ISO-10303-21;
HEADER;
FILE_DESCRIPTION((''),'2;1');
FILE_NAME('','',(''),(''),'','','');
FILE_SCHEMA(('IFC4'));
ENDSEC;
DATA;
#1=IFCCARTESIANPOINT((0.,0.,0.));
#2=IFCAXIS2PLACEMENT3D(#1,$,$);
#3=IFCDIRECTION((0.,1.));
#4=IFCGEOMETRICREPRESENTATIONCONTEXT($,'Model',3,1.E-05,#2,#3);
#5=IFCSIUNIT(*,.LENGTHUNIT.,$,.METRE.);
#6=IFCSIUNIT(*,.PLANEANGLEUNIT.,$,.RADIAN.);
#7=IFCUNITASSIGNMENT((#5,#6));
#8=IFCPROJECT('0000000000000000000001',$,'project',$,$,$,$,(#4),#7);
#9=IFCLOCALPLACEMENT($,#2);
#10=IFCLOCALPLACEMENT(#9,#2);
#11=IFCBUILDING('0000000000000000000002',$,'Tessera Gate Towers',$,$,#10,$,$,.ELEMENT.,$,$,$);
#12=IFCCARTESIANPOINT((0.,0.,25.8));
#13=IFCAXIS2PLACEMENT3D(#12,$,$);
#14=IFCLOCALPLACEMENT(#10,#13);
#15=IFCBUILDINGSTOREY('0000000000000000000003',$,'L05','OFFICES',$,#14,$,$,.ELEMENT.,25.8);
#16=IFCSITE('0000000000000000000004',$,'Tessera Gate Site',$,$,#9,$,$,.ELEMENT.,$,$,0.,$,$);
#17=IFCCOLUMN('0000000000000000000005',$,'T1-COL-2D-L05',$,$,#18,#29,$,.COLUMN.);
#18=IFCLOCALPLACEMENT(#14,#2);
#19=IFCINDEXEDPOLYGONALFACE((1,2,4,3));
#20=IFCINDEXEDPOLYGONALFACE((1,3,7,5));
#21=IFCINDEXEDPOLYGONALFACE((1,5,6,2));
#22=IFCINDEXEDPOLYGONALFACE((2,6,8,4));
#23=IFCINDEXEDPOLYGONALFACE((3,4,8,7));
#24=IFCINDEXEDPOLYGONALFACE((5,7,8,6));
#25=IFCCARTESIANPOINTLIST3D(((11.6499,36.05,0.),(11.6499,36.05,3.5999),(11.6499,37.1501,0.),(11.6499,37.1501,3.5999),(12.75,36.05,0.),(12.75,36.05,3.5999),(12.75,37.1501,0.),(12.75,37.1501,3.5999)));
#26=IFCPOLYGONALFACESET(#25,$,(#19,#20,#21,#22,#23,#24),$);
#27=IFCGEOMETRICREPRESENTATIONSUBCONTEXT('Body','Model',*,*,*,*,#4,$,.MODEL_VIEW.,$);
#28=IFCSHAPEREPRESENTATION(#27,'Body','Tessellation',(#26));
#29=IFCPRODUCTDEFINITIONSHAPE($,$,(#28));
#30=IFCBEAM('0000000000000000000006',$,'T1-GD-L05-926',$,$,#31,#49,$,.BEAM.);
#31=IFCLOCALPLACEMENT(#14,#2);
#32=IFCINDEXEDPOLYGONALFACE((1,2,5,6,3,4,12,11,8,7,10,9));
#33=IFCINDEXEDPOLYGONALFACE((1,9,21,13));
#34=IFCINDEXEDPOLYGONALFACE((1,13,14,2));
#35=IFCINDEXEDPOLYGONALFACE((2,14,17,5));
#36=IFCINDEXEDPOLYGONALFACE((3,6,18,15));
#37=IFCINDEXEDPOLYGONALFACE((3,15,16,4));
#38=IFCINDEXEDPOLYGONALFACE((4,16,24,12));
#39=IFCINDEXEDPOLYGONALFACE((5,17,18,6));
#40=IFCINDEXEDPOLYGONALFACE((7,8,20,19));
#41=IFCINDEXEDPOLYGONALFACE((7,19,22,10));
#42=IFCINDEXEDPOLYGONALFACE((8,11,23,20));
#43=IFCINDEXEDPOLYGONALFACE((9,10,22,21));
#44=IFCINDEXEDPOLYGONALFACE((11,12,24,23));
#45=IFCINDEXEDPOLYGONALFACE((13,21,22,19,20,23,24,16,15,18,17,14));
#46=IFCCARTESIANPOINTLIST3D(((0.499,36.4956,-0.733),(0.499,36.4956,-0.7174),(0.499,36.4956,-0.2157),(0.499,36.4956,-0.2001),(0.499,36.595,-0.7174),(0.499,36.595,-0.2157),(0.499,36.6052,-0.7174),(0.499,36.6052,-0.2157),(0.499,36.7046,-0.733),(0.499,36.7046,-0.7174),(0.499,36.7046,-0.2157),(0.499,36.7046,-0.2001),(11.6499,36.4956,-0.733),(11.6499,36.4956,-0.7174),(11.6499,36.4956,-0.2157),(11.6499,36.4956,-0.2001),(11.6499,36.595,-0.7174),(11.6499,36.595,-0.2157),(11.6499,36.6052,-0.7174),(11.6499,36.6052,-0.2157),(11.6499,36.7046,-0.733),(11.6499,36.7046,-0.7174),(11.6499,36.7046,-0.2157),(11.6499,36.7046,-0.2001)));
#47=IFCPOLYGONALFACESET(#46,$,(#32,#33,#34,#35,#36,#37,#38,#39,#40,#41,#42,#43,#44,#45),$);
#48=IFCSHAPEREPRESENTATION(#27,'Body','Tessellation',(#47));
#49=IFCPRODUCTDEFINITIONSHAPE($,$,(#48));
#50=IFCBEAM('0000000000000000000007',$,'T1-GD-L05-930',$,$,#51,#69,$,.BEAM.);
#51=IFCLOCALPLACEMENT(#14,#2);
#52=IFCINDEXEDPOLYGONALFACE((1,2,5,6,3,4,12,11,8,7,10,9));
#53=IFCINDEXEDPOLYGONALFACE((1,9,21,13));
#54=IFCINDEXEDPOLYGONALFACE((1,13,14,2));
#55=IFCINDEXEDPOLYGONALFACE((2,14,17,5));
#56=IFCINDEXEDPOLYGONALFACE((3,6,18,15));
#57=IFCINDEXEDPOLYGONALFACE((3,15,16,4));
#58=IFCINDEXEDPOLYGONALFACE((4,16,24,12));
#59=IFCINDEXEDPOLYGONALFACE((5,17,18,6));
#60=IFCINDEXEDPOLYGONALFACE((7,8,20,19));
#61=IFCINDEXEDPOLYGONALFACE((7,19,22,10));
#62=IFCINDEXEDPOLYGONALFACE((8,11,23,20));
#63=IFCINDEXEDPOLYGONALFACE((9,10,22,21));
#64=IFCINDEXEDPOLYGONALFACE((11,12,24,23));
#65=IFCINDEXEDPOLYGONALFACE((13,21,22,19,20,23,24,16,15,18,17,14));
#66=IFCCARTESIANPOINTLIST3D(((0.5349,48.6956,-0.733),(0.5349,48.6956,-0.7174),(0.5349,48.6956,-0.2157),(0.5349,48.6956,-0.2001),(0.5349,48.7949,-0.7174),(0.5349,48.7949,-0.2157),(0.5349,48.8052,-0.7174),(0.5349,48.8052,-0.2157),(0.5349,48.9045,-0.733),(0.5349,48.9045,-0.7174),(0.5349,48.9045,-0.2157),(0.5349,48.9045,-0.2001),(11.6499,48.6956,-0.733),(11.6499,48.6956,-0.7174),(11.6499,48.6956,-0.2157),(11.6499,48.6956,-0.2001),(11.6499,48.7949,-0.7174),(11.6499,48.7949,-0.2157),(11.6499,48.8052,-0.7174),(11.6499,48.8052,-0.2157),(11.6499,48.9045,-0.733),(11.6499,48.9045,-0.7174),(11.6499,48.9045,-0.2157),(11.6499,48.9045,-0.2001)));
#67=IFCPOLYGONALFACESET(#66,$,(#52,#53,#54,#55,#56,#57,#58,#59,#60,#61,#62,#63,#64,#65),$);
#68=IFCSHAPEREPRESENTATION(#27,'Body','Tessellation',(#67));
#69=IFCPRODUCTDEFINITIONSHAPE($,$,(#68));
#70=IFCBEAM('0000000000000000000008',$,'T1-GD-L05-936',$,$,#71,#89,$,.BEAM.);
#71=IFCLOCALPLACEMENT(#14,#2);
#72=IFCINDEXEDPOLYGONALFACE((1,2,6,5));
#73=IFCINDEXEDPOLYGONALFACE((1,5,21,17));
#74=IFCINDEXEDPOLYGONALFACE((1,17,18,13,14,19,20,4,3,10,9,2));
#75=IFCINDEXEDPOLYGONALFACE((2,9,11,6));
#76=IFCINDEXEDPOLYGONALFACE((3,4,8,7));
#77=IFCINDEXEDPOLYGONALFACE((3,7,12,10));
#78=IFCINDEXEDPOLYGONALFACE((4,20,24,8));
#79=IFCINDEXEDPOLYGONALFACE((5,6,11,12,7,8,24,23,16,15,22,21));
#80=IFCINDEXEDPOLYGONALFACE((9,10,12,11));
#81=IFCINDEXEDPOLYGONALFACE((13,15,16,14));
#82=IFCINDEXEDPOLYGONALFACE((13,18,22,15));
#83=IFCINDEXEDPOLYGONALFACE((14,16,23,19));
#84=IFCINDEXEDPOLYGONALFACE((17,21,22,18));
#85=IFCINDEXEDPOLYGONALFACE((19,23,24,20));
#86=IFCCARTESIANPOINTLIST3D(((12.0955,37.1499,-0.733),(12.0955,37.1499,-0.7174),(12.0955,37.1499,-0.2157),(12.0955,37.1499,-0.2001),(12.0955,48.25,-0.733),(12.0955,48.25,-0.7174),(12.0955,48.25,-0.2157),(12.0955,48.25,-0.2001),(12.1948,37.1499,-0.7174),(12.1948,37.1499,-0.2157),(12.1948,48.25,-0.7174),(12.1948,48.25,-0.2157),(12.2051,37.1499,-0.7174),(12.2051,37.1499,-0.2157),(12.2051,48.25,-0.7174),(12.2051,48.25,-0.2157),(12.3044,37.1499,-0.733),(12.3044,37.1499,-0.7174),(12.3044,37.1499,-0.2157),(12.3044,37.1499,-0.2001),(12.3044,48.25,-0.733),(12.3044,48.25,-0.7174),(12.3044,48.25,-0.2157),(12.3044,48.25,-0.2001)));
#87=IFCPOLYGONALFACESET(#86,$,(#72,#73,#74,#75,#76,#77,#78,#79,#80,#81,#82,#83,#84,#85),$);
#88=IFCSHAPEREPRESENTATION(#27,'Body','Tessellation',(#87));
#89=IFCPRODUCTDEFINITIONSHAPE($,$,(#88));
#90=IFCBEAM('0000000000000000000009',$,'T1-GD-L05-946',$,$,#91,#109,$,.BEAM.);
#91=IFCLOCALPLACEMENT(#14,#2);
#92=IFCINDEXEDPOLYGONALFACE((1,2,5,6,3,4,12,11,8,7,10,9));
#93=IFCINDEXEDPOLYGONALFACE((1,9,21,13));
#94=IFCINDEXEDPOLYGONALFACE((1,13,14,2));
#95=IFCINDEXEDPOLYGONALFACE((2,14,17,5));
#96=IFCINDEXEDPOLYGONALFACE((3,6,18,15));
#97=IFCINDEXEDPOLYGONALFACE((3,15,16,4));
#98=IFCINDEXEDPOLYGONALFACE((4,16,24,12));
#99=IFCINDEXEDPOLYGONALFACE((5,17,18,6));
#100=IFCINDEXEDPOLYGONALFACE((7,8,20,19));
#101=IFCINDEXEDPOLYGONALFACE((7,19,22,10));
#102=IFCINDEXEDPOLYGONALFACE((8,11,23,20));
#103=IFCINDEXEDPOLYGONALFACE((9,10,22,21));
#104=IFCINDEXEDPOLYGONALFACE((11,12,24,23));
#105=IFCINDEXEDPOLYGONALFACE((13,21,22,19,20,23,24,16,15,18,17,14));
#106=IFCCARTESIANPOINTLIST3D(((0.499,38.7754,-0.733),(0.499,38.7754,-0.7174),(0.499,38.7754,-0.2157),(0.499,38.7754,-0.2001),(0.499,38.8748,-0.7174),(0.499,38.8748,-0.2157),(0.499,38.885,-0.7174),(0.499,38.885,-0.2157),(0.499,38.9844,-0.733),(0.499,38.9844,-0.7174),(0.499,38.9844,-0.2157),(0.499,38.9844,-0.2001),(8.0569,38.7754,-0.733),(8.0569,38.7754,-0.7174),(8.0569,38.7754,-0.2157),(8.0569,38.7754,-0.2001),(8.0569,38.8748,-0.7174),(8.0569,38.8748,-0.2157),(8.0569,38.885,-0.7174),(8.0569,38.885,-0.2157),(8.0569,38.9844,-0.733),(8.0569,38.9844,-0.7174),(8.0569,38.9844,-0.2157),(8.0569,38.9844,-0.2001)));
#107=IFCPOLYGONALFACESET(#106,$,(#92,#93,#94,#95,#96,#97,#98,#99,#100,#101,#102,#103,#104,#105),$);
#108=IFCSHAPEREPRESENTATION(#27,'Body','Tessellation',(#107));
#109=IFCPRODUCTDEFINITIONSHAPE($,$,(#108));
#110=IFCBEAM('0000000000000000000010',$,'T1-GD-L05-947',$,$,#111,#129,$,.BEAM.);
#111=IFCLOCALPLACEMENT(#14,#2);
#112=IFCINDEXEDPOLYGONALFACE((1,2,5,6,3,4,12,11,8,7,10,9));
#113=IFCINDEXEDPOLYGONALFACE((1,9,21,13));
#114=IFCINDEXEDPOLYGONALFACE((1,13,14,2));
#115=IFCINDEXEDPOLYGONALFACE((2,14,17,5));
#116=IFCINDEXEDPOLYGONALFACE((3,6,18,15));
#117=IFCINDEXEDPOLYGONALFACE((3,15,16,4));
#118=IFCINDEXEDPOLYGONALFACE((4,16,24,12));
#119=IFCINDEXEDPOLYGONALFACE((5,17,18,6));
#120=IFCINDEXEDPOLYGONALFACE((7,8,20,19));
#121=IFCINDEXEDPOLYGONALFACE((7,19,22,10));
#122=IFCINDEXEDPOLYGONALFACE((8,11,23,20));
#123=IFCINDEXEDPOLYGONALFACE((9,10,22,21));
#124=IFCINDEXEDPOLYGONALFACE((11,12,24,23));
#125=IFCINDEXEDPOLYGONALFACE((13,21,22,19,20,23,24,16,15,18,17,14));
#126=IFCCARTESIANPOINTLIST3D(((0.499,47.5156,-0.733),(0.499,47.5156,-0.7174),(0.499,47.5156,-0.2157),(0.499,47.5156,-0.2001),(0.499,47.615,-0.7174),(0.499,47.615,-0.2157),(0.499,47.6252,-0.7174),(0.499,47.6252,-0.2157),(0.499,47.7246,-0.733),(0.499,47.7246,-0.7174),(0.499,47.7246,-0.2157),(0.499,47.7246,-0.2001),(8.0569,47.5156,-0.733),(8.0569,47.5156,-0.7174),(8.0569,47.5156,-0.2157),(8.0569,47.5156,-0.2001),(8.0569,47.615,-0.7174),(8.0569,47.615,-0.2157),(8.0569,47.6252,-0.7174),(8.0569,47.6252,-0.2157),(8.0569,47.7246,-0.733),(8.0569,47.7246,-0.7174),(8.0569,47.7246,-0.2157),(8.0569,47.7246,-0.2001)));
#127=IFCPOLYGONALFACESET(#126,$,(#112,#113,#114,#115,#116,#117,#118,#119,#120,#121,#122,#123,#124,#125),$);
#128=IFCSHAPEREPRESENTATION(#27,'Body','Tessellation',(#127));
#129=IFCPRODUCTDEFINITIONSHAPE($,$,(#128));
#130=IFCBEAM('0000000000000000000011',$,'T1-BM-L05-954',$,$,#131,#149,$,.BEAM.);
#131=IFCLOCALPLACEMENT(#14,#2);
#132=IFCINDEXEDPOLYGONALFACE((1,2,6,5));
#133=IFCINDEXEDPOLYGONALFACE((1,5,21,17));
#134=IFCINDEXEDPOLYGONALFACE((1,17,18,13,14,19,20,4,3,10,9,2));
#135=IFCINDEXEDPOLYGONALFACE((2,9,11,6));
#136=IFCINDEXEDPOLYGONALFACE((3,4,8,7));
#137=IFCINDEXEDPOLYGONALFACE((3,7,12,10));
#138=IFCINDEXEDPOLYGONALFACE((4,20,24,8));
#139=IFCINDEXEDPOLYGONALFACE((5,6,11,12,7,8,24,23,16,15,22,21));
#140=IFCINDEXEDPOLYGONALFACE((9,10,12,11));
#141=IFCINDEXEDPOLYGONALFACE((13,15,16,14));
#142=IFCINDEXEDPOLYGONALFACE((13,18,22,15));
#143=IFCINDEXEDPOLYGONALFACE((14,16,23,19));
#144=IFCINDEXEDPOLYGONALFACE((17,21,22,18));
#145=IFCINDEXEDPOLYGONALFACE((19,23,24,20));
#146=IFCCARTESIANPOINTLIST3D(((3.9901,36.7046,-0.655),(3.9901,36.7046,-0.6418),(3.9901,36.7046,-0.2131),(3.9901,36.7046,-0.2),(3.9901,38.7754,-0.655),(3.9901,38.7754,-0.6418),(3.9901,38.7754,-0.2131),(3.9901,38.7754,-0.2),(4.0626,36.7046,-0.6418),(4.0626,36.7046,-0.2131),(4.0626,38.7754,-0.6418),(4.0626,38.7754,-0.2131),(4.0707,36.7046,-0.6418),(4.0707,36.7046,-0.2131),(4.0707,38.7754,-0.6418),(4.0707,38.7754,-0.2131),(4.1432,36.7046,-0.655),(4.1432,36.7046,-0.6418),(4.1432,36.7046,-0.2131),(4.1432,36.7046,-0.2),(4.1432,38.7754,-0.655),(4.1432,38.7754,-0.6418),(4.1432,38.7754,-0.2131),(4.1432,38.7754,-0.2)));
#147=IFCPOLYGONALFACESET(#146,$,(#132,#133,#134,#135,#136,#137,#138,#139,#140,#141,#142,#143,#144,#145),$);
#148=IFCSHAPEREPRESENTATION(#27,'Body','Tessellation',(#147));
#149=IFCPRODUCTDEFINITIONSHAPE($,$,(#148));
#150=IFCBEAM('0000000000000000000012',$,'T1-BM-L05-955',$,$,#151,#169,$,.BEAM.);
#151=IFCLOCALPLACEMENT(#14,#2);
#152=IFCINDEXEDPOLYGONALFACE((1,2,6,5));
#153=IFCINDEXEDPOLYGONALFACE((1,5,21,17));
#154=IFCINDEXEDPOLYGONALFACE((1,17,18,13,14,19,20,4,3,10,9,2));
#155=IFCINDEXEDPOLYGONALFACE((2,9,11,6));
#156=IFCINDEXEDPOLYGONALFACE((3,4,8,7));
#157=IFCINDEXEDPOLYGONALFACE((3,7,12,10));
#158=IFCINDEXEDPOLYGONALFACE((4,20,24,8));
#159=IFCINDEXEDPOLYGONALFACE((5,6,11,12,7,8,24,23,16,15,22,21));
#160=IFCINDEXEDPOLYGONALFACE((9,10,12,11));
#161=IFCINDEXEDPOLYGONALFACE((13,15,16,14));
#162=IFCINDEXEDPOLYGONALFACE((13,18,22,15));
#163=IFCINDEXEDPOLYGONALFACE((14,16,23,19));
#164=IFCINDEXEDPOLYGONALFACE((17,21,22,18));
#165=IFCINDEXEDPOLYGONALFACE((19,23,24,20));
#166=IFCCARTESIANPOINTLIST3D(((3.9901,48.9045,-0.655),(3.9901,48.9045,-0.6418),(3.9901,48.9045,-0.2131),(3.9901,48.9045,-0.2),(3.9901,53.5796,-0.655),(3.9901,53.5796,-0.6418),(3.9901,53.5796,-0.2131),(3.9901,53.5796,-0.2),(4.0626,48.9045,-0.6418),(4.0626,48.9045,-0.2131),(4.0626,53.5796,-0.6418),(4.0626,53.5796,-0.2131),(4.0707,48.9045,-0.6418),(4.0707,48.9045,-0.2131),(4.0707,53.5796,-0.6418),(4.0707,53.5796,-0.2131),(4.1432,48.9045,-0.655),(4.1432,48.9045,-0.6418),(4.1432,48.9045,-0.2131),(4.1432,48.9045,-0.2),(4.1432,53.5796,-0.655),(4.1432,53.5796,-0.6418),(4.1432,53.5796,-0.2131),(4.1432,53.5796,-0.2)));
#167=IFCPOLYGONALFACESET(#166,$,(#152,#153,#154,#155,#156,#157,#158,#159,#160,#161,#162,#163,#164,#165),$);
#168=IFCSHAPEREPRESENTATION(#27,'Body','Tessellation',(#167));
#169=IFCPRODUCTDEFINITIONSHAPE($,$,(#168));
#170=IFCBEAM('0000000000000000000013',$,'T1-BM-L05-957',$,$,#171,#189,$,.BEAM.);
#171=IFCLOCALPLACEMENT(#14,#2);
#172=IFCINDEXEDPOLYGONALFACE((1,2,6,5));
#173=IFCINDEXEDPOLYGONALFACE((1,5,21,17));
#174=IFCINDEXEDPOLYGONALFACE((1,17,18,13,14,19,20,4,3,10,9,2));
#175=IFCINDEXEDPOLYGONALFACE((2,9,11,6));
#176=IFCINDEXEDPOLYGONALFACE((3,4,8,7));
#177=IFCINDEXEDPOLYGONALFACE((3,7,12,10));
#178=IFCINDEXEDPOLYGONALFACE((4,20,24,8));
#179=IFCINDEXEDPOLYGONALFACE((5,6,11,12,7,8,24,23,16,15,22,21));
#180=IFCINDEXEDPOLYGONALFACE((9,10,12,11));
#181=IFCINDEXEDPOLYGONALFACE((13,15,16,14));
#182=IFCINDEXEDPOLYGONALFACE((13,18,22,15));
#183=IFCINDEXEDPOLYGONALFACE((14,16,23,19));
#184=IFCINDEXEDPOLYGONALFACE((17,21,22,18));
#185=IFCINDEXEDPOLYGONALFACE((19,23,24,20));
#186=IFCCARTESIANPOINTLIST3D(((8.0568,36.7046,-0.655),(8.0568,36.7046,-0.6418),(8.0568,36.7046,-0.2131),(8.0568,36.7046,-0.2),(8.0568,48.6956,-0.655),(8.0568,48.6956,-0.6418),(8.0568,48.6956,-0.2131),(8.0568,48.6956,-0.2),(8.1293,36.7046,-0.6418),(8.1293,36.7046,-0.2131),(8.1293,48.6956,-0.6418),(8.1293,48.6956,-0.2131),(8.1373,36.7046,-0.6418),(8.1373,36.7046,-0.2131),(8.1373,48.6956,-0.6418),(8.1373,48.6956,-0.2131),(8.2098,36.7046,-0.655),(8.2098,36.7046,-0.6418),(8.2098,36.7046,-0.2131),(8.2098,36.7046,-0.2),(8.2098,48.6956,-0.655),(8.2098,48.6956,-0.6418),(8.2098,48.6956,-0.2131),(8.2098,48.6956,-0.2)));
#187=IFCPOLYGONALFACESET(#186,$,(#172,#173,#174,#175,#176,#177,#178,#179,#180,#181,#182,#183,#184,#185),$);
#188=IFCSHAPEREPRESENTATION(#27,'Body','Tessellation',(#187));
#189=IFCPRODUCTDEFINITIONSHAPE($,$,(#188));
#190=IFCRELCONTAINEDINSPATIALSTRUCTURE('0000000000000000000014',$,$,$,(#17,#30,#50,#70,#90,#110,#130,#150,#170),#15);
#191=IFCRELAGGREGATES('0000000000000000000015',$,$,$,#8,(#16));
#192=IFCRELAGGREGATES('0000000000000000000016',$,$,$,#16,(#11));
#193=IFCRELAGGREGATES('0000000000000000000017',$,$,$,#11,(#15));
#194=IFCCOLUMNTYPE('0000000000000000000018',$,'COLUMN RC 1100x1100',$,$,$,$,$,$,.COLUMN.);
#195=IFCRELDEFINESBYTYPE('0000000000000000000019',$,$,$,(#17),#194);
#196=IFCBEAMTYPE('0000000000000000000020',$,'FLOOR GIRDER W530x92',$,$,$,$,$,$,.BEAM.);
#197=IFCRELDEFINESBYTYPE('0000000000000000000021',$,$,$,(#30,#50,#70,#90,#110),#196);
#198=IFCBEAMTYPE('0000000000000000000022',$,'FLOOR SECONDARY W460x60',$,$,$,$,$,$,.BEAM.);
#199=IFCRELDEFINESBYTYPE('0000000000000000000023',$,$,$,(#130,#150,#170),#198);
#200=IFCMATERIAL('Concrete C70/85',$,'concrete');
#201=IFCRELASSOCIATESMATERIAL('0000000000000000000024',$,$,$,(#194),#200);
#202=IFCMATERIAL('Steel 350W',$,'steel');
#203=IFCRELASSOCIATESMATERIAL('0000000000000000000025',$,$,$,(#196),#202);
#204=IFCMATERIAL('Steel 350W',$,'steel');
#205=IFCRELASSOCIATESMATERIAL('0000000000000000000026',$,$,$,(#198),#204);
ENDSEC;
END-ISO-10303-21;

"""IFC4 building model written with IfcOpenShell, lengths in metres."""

from ifc_helpers import new_model, si_unit, direction, frame, origin, origin_2d, place, context, subcontext, project, spatial, rectangle, i_section, extrude, material, material_profile, profile_set, type_object, element, save


model = new_model("IFC4")

# Units and contexts
model_context = context("Model", 3, precision=1e-05, world=origin(), true_north=direction((0.0, 1.0)))
body_context = subcontext(model_context, "Body", "Model", "MODEL_VIEW")
ifc_project = project(units=[si_unit("LENGTHUNIT", "METRE"), si_unit("PLANEANGLEUNIT", "RADIAN")], contexts=[model_context])

# Site, building, storey
site_placement = place(None, origin())
site = spatial("IfcSite", under=ifc_project, at=site_placement, Name="Tessera Gate Site", CompositionType="ELEMENT", RefElevation=0.0)
building_placement = place(site_placement, origin())
building = spatial("IfcBuilding", under=site, at=building_placement, Name="Tessera Gate Towers", CompositionType="ELEMENT")
storey_placement = place(building_placement, frame((0.0, 0.0, 25.8)))
storey = spatial("IfcBuildingStorey", under=building, at=storey_placement, Name="L05", Description="OFFICES", CompositionType="ELEMENT", Elevation=25.8)

# Column
ifc_material_1 = material(Name="Concrete C70/85", Category="concrete")
ifc_material_profile_1 = material_profile(ifc_material_1, rectangle(XDim=1.1001, YDim=1.1001, at=origin_2d()), Name="RC 1100x1100")
ifc_profile_set_1 = profile_set([ifc_material_profile_1], Name="Concrete C70/85")
column_type = type_object("IfcColumnType", Name="COLUMN RC 1100x1100", PredefinedType="COLUMN", material=ifc_profile_set_1)
column_placement = place(storey_placement, frame((12.2, 36.6001, 0.0), z_axis=(0.0, 0.0, 1.0), x_axis=(1.0, 0.0, 0.0)))
element("IfcColumn", 1, at=column_placement, inside=storey, type_object=column_type, Name="T1-COL-2D-L05", PredefinedType="COLUMN", context=body_context, shape_type="SweptSolid", body=[
    extrude(rectangle(XDim=1.1001, YDim=1.1001, at=origin_2d()), origin(), (0.0, 0.0, 1.0), 3.5999),
])

# Beams
ifc_material_2 = material(Name="Steel 350W", Category="steel")
ifc_material_profile_2 = material_profile(ifc_material_2, i_section(OverallWidth=0.209, OverallDepth=0.533, WebThickness=0.0103, FlangeThickness=0.0156, at=origin_2d()), Name="W530x92")
ifc_profile_set_2 = profile_set([ifc_material_profile_2], Name="Steel 350W")
beam_type_1 = type_object("IfcBeamType", Name="FLOOR GIRDER W530x92", PredefinedType="BEAM", material=ifc_profile_set_2)
beam_1_placement = place(storey_placement, frame((0.499, 36.6001, -0.4666), z_axis=(1.0, 0.0, 0.0), x_axis=(0.0, 1.0, 0.0)))
element("IfcBeam", 2, at=beam_1_placement, inside=storey, type_object=beam_type_1, Name="T1-GD-L05-926", PredefinedType="BEAM", context=body_context, shape_type="SweptSolid", body=[
    extrude(i_section(OverallWidth=0.209, OverallDepth=0.533, WebThickness=0.0103, FlangeThickness=0.0156, at=origin_2d()), origin(), (0.0, 0.0, 1.0), 11.1509),
])
beam_2_placement = place(storey_placement, frame((0.5349, 48.8, -0.4666), z_axis=(1.0, 0.0, 0.0), x_axis=(0.0, 1.0, 0.0)))
element("IfcBeam", 3, at=beam_2_placement, inside=storey, type_object=beam_type_1, Name="T1-GD-L05-930", PredefinedType="BEAM", context=body_context, shape_type="SweptSolid", body=[
    extrude(i_section(OverallWidth=0.209, OverallDepth=0.533, WebThickness=0.0103, FlangeThickness=0.0156, at=origin_2d()), origin(), (0.0, 0.0, 1.0), 11.115),
])
beam_3_placement = place(storey_placement, frame((12.2, 37.1499, -0.4666), z_axis=(0.0, 1.0, 0.0), x_axis=(-1.0, 0.0, 0.0)))
element("IfcBeam", 4, at=beam_3_placement, inside=storey, type_object=beam_type_1, Name="T1-GD-L05-936", PredefinedType="BEAM", context=body_context, shape_type="SweptSolid", body=[
    extrude(i_section(OverallWidth=0.209, OverallDepth=0.533, WebThickness=0.0103, FlangeThickness=0.0156, at=origin_2d()), origin(), (0.0, 0.0, 1.0), 11.1001),
])
for number, where, z_axis, x_axis, name in (
    (5, (0.499, 38.8799, -0.4666), (1.0, 0.0, 0.0), (0.0, 1.0, 0.0), "T1-GD-L05-946"),
    (6, (0.499, 47.6201, -0.4666), (1.0, 0.0, 0.0), (0.0, 1.0, 0.0), "T1-GD-L05-947"),
):
    element("IfcBeam", number, at=place(storey_placement, frame(where, z_axis=z_axis, x_axis=x_axis)), inside=storey, type_object=beam_type_1, Name=name, PredefinedType="BEAM", context=body_context, shape_type="SweptSolid", body=[
        extrude(i_section(OverallWidth=0.209, OverallDepth=0.533, WebThickness=0.0103, FlangeThickness=0.0156, at=origin_2d()), origin(), (0.0, 0.0, 1.0), 7.5579),
    ])
ifc_material_3 = material(Name="Steel 350W", Category="steel")
ifc_material_profile_3 = material_profile(ifc_material_3, i_section(OverallWidth=0.1531, OverallDepth=0.4551, WebThickness=0.0081, FlangeThickness=0.0132, at=origin_2d()), Name="W460x60")
ifc_profile_set_3 = profile_set([ifc_material_profile_3], Name="Steel 350W")
beam_type_2 = type_object("IfcBeamType", Name="FLOOR SECONDARY W460x60", PredefinedType="BEAM", material=ifc_profile_set_3)
beam_4_placement = place(storey_placement, frame((4.0667, 36.7046, -0.4275), z_axis=(0.0, 1.0, 0.0), x_axis=(-1.0, 0.0, 0.0)))
element("IfcBeam", 7, at=beam_4_placement, inside=storey, type_object=beam_type_2, Name="T1-BM-L05-954", PredefinedType="BEAM", context=body_context, shape_type="SweptSolid", body=[
    extrude(i_section(OverallWidth=0.1531, OverallDepth=0.4551, WebThickness=0.0081, FlangeThickness=0.0132, at=origin_2d()), origin(), (0.0, 0.0, 1.0), 2.0708),
])
beam_5_placement = place(storey_placement, frame((4.0667, 48.9045, -0.4275), z_axis=(0.0, 1.0, 0.0), x_axis=(-1.0, 0.0, 0.0)))
element("IfcBeam", 8, at=beam_5_placement, inside=storey, type_object=beam_type_2, Name="T1-BM-L05-955", PredefinedType="BEAM", context=body_context, shape_type="SweptSolid", body=[
    extrude(i_section(OverallWidth=0.1531, OverallDepth=0.4551, WebThickness=0.0081, FlangeThickness=0.0132, at=origin_2d()), origin(), (0.0, 0.0, 1.0), 4.675),
])
beam_6_placement = place(storey_placement, frame((8.1333, 36.7046, -0.4275), z_axis=(0.0, 1.0, 0.0), x_axis=(-1.0, 0.0, 0.0)))
element("IfcBeam", 9, at=beam_6_placement, inside=storey, type_object=beam_type_2, Name="T1-BM-L05-957", PredefinedType="BEAM", context=body_context, shape_type="SweptSolid", body=[
    extrude(i_section(OverallWidth=0.1531, OverallDepth=0.4551, WebThickness=0.0081, FlangeThickness=0.0132, at=origin_2d()), origin(), (0.0, 0.0, 1.0), 11.991),
])

save(model, "model.ifc")
